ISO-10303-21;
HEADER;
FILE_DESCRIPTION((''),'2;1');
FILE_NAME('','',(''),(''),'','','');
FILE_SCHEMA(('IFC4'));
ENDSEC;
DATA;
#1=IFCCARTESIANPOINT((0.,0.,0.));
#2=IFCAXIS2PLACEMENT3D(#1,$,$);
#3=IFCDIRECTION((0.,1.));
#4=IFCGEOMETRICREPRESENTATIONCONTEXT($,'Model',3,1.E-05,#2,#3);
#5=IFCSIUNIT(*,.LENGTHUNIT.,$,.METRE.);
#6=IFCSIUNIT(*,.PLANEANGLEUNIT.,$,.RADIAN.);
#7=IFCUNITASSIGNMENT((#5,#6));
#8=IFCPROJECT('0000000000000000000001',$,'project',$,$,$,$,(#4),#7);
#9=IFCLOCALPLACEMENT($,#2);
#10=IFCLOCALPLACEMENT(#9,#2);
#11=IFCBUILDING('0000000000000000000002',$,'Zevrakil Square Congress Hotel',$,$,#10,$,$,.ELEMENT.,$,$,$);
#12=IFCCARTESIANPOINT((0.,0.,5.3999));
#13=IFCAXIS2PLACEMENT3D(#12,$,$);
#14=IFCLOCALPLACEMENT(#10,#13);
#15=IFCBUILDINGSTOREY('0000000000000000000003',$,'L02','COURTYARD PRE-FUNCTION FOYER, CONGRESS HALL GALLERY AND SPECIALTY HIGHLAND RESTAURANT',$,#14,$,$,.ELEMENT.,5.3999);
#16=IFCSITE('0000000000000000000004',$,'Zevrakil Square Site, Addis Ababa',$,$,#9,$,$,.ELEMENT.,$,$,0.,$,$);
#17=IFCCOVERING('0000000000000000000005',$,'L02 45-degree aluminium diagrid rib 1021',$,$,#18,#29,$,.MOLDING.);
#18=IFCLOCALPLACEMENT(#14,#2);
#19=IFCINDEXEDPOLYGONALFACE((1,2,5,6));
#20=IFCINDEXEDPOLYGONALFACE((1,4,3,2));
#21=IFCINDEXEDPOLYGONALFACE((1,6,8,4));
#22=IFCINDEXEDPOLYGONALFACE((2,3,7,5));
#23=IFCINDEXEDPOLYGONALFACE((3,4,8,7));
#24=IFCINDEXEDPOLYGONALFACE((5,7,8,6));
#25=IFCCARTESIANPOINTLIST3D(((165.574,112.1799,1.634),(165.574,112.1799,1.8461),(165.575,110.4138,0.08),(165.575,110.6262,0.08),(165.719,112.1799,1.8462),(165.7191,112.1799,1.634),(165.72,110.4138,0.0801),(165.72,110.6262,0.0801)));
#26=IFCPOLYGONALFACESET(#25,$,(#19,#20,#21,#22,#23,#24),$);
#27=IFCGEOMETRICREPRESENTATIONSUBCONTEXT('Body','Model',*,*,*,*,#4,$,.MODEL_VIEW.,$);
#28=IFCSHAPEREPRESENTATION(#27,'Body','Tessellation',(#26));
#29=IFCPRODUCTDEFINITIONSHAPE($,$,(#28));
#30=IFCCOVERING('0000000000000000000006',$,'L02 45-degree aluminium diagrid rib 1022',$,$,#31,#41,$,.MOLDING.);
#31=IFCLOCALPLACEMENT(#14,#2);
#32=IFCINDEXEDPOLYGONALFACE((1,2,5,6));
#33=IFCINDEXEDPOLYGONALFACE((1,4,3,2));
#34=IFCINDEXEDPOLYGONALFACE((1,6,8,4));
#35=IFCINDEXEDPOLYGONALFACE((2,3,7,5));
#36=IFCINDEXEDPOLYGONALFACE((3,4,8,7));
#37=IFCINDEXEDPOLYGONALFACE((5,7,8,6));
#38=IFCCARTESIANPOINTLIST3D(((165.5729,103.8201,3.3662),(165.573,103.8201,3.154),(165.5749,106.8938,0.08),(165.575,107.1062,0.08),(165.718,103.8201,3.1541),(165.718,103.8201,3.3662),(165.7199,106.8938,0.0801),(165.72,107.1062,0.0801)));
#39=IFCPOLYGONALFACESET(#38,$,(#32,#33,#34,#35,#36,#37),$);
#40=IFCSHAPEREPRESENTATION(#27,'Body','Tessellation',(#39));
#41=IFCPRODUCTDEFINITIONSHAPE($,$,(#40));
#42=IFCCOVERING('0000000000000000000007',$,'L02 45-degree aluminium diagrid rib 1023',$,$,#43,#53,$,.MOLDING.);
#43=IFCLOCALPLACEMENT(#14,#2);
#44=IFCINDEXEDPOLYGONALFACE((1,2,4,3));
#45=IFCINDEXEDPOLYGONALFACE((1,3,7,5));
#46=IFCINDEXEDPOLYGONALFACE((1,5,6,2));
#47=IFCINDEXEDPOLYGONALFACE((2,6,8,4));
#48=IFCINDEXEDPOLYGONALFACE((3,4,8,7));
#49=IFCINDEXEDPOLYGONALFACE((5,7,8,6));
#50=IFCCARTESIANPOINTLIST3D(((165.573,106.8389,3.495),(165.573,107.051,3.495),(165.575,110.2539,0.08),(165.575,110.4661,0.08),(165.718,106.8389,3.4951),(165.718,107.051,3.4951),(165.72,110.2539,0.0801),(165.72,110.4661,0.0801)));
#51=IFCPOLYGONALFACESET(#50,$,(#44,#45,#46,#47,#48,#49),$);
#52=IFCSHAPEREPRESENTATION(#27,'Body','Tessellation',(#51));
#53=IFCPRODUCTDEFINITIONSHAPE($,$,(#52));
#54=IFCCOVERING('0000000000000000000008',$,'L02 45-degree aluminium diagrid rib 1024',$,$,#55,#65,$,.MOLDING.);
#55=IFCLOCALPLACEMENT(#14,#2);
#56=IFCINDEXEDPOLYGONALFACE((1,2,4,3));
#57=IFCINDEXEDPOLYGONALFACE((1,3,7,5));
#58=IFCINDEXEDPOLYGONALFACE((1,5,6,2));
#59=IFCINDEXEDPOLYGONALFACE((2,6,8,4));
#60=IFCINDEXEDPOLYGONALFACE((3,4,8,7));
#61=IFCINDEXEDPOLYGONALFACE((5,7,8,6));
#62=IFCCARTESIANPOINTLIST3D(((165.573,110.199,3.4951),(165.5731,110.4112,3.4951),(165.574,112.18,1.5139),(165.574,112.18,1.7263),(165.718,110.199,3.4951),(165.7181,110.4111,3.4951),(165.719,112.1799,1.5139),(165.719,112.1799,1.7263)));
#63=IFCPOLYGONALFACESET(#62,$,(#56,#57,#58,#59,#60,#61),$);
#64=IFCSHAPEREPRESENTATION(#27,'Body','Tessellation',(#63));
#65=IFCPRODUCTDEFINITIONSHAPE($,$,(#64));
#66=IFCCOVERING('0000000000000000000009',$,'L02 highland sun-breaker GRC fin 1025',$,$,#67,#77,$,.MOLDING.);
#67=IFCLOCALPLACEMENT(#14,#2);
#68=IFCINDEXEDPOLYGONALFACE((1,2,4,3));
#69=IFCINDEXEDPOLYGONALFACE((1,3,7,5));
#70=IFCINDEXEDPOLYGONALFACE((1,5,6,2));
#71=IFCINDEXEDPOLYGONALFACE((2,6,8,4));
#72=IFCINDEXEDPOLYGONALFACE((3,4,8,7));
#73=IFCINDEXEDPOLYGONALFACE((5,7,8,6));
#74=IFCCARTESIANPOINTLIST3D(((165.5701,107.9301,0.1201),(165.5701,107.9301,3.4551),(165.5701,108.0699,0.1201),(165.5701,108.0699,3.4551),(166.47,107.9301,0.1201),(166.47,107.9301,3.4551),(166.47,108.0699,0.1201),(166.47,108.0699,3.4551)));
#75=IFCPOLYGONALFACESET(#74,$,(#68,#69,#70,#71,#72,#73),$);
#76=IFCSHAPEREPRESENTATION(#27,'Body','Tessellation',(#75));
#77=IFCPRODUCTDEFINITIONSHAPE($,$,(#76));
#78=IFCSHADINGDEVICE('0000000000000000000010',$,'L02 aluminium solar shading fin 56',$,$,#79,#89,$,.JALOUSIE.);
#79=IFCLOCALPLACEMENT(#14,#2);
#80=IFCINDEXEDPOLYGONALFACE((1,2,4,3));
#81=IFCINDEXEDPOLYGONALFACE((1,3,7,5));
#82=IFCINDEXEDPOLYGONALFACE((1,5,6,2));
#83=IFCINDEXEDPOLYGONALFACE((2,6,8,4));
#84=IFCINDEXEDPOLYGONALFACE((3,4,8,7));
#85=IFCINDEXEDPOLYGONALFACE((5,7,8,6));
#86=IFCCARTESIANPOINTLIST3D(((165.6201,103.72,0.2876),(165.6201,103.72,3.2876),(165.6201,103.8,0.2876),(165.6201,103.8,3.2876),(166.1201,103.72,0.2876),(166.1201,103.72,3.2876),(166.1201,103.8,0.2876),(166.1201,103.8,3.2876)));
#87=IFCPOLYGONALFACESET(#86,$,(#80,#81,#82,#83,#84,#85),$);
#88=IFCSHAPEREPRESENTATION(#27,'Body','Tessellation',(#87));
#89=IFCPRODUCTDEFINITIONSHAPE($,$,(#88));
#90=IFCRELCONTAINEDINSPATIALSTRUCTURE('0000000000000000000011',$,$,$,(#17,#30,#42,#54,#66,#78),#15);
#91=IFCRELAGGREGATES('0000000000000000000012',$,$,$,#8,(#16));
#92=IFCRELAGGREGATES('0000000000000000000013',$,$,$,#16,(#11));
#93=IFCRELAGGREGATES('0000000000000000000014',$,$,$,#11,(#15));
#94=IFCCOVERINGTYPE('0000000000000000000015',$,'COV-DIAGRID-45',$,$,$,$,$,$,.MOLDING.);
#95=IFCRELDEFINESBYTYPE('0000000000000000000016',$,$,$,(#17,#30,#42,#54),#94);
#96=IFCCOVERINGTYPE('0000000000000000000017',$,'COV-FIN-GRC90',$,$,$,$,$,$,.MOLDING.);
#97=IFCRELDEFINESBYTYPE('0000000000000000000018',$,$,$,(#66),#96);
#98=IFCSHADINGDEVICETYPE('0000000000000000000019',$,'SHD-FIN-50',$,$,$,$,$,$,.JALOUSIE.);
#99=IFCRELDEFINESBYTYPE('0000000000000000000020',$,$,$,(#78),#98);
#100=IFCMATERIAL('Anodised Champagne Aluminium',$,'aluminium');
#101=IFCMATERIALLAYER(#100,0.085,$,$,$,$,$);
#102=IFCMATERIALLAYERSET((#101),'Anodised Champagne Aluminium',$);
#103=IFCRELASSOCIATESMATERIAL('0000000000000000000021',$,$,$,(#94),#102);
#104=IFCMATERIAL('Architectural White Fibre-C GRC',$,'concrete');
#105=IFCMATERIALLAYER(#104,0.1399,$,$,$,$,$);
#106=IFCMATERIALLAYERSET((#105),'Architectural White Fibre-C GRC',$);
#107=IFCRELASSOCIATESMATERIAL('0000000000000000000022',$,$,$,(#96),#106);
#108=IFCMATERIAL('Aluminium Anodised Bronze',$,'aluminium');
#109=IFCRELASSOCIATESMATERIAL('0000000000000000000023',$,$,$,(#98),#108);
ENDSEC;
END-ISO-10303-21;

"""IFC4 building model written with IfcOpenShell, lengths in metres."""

from ifc_helpers import new_model, si_unit, direction, frame, origin, origin_2d, place, context, subcontext, project, spatial, polyline, rectangle, outline, extrude, material, layer, layer_set, type_object, element, save


model = new_model("IFC4")

# Units and contexts
model_context = context("Model", 3, precision=1e-05, world=origin(), true_north=direction((0.0, 1.0)))
body_context = subcontext(model_context, "Body", "Model", "MODEL_VIEW")
ifc_project = project(units=[si_unit("LENGTHUNIT", "METRE"), si_unit("PLANEANGLEUNIT", "RADIAN")], contexts=[model_context])

# Site, building, storey
site_placement = place(None, origin())
site = spatial("IfcSite", under=ifc_project, at=site_placement, Name="Zevrakil Square Site, Addis Ababa", CompositionType="ELEMENT", RefElevation=0.0)
building_placement = place(site_placement, origin())
building = spatial("IfcBuilding", under=site, at=building_placement, Name="Zevrakil Square Congress Hotel", CompositionType="ELEMENT")
storey_placement = place(building_placement, frame((0.0, 0.0, 5.3999)))
storey = spatial("IfcBuildingStorey", under=building, at=storey_placement, Name="L02", Description="COURTYARD PRE-FUNCTION FOYER, CONGRESS HALL GALLERY AND SPECIALTY HIGHLAND RESTAURANT", CompositionType="ELEMENT", Elevation=5.3999)

# Coverings
ifc_material_1 = material(Name="Anodised Champagne Aluminium", Category="aluminium")
ifc_layer_1 = layer(ifc_material_1, 0.085)
ifc_layer_set_1 = layer_set([ifc_layer_1], Name="Anodised Champagne Aluminium")
covering_type_1 = type_object("IfcCoveringType", Name="COV-DIAGRID-45", PredefinedType="MOLDING", material=ifc_layer_set_1)
covering_1_placement = place(storey_placement, frame((165.72, 110.6262, 0.0801), z_axis=(1.0, 0.000294, 0.000294), x_axis=(0.000294, -1.0, 0.0)))
element("IfcCovering", 1, at=covering_1_placement, inside=storey, type_object=covering_type_1, Name="L02 45-degree aluminium diagrid rib 1021", PredefinedType="MOLDING", context=body_context, shape_type="SweptSolid", body=[
    extrude(outline(polyline([(0.0, 0.0), (0.2124, 0.0), (-1.5537, -1.7661), (-1.5537, -1.554), (0.0, 0.0)])), origin(), (0.0, 0.0, -1.0), 0.145),
])
covering_2_placement = place(storey_placement, frame((165.718, 103.8201, 3.1541), z_axis=(1.0, -0.000307, 0.000307), x_axis=(-0.000307, 0.0, 1.0)))
element("IfcCovering", 2, at=covering_2_placement, inside=storey, type_object=covering_type_1, Name="L02 45-degree aluminium diagrid rib 1022", PredefinedType="MOLDING", context=body_context, shape_type="SweptSolid", body=[
    extrude(outline(polyline([(0.0, 0.0), (0.2122, 0.0), (-3.074, -3.2861), (-3.074, -3.0737), (0.0, 0.0)])), origin(), (0.0, 0.0, -1.0), 0.145),
])
covering_3_placement = place(storey_placement, frame((165.718, 106.8389, 3.4951), z_axis=(1.0, 0.0, 0.000572), x_axis=(0.0, 1.0, 0.0)))
element("IfcCovering", 3, at=covering_3_placement, inside=storey, type_object=covering_type_1, Name="L02 45-degree aluminium diagrid rib 1023", PredefinedType="MOLDING", context=body_context, shape_type="SweptSolid", body=[
    extrude(outline(polyline([(0.0, 0.0), (0.2122, 0.0), (3.6272, -3.415), (3.415, -3.415), (0.0, 0.0)])), origin(), (0.0, 0.0, -1.0), 0.145),
])
covering_4_placement = place(storey_placement, frame((165.718, 110.199, 3.4951), z_axis=(1.0, -0.000261, 0.00026), x_axis=(0.000261, 1.0, 0.0)))
element("IfcCovering", 4, at=covering_4_placement, inside=storey, type_object=covering_type_1, Name="L02 45-degree aluminium diagrid rib 1024", PredefinedType="MOLDING", context=body_context, shape_type="SweptSolid", body=[
    extrude(outline(polyline([(0.0, 0.0), (0.2122, 0.0), (1.981, -1.7688), (1.981, -1.9812), (0.0, 0.0)])), origin(), (0.0, 0.0, -1.0), 0.145),
])
ifc_material_2 = material(Name="Architectural White Fibre-C GRC", Category="concrete")
ifc_layer_2 = layer(ifc_material_2, 0.1399)
ifc_layer_set_2 = layer_set([ifc_layer_2], Name="Architectural White Fibre-C GRC")
covering_type_2 = type_object("IfcCoveringType", Name="COV-FIN-GRC90", PredefinedType="MOLDING", material=ifc_layer_set_2)
covering_5_placement = place(storey_placement, frame((166.02, 108.0, 0.1201), z_axis=(0.0, 0.0, 1.0), x_axis=(1.0, 0.0, 0.0)))
element("IfcCovering", 5, at=covering_5_placement, inside=storey, type_object=covering_type_2, Name="L02 highland sun-breaker GRC fin 1025", PredefinedType="MOLDING", context=body_context, shape_type="SweptSolid", body=[
    extrude(rectangle(XDim=0.8999, YDim=0.1399, at=origin_2d()), origin(), (0.0, 0.0, 1.0), 3.335),
])

# Shading device
ifc_material_3 = material(Name="Aluminium Anodised Bronze", Category="aluminium")
shading_device_type = type_object("IfcShadingDeviceType", Name="SHD-FIN-50", PredefinedType="JALOUSIE", material=ifc_material_3)
shading_device_placement = place(storey_placement, frame((165.8701, 103.76, 0.2876), z_axis=(0.0, 0.0, 1.0), x_axis=(1.0, 0.0, 0.0)))
element("IfcShadingDevice", 6, at=shading_device_placement, inside=storey, type_object=shading_device_type, Name="L02 aluminium solar shading fin 56", PredefinedType="JALOUSIE", context=body_context, shape_type="SweptSolid", body=[
    extrude(rectangle(XDim=0.5, YDim=0.0801, at=origin_2d()), origin(), (0.0, 0.0, 1.0), 3.0),
])

save(model, "model.ifc")
